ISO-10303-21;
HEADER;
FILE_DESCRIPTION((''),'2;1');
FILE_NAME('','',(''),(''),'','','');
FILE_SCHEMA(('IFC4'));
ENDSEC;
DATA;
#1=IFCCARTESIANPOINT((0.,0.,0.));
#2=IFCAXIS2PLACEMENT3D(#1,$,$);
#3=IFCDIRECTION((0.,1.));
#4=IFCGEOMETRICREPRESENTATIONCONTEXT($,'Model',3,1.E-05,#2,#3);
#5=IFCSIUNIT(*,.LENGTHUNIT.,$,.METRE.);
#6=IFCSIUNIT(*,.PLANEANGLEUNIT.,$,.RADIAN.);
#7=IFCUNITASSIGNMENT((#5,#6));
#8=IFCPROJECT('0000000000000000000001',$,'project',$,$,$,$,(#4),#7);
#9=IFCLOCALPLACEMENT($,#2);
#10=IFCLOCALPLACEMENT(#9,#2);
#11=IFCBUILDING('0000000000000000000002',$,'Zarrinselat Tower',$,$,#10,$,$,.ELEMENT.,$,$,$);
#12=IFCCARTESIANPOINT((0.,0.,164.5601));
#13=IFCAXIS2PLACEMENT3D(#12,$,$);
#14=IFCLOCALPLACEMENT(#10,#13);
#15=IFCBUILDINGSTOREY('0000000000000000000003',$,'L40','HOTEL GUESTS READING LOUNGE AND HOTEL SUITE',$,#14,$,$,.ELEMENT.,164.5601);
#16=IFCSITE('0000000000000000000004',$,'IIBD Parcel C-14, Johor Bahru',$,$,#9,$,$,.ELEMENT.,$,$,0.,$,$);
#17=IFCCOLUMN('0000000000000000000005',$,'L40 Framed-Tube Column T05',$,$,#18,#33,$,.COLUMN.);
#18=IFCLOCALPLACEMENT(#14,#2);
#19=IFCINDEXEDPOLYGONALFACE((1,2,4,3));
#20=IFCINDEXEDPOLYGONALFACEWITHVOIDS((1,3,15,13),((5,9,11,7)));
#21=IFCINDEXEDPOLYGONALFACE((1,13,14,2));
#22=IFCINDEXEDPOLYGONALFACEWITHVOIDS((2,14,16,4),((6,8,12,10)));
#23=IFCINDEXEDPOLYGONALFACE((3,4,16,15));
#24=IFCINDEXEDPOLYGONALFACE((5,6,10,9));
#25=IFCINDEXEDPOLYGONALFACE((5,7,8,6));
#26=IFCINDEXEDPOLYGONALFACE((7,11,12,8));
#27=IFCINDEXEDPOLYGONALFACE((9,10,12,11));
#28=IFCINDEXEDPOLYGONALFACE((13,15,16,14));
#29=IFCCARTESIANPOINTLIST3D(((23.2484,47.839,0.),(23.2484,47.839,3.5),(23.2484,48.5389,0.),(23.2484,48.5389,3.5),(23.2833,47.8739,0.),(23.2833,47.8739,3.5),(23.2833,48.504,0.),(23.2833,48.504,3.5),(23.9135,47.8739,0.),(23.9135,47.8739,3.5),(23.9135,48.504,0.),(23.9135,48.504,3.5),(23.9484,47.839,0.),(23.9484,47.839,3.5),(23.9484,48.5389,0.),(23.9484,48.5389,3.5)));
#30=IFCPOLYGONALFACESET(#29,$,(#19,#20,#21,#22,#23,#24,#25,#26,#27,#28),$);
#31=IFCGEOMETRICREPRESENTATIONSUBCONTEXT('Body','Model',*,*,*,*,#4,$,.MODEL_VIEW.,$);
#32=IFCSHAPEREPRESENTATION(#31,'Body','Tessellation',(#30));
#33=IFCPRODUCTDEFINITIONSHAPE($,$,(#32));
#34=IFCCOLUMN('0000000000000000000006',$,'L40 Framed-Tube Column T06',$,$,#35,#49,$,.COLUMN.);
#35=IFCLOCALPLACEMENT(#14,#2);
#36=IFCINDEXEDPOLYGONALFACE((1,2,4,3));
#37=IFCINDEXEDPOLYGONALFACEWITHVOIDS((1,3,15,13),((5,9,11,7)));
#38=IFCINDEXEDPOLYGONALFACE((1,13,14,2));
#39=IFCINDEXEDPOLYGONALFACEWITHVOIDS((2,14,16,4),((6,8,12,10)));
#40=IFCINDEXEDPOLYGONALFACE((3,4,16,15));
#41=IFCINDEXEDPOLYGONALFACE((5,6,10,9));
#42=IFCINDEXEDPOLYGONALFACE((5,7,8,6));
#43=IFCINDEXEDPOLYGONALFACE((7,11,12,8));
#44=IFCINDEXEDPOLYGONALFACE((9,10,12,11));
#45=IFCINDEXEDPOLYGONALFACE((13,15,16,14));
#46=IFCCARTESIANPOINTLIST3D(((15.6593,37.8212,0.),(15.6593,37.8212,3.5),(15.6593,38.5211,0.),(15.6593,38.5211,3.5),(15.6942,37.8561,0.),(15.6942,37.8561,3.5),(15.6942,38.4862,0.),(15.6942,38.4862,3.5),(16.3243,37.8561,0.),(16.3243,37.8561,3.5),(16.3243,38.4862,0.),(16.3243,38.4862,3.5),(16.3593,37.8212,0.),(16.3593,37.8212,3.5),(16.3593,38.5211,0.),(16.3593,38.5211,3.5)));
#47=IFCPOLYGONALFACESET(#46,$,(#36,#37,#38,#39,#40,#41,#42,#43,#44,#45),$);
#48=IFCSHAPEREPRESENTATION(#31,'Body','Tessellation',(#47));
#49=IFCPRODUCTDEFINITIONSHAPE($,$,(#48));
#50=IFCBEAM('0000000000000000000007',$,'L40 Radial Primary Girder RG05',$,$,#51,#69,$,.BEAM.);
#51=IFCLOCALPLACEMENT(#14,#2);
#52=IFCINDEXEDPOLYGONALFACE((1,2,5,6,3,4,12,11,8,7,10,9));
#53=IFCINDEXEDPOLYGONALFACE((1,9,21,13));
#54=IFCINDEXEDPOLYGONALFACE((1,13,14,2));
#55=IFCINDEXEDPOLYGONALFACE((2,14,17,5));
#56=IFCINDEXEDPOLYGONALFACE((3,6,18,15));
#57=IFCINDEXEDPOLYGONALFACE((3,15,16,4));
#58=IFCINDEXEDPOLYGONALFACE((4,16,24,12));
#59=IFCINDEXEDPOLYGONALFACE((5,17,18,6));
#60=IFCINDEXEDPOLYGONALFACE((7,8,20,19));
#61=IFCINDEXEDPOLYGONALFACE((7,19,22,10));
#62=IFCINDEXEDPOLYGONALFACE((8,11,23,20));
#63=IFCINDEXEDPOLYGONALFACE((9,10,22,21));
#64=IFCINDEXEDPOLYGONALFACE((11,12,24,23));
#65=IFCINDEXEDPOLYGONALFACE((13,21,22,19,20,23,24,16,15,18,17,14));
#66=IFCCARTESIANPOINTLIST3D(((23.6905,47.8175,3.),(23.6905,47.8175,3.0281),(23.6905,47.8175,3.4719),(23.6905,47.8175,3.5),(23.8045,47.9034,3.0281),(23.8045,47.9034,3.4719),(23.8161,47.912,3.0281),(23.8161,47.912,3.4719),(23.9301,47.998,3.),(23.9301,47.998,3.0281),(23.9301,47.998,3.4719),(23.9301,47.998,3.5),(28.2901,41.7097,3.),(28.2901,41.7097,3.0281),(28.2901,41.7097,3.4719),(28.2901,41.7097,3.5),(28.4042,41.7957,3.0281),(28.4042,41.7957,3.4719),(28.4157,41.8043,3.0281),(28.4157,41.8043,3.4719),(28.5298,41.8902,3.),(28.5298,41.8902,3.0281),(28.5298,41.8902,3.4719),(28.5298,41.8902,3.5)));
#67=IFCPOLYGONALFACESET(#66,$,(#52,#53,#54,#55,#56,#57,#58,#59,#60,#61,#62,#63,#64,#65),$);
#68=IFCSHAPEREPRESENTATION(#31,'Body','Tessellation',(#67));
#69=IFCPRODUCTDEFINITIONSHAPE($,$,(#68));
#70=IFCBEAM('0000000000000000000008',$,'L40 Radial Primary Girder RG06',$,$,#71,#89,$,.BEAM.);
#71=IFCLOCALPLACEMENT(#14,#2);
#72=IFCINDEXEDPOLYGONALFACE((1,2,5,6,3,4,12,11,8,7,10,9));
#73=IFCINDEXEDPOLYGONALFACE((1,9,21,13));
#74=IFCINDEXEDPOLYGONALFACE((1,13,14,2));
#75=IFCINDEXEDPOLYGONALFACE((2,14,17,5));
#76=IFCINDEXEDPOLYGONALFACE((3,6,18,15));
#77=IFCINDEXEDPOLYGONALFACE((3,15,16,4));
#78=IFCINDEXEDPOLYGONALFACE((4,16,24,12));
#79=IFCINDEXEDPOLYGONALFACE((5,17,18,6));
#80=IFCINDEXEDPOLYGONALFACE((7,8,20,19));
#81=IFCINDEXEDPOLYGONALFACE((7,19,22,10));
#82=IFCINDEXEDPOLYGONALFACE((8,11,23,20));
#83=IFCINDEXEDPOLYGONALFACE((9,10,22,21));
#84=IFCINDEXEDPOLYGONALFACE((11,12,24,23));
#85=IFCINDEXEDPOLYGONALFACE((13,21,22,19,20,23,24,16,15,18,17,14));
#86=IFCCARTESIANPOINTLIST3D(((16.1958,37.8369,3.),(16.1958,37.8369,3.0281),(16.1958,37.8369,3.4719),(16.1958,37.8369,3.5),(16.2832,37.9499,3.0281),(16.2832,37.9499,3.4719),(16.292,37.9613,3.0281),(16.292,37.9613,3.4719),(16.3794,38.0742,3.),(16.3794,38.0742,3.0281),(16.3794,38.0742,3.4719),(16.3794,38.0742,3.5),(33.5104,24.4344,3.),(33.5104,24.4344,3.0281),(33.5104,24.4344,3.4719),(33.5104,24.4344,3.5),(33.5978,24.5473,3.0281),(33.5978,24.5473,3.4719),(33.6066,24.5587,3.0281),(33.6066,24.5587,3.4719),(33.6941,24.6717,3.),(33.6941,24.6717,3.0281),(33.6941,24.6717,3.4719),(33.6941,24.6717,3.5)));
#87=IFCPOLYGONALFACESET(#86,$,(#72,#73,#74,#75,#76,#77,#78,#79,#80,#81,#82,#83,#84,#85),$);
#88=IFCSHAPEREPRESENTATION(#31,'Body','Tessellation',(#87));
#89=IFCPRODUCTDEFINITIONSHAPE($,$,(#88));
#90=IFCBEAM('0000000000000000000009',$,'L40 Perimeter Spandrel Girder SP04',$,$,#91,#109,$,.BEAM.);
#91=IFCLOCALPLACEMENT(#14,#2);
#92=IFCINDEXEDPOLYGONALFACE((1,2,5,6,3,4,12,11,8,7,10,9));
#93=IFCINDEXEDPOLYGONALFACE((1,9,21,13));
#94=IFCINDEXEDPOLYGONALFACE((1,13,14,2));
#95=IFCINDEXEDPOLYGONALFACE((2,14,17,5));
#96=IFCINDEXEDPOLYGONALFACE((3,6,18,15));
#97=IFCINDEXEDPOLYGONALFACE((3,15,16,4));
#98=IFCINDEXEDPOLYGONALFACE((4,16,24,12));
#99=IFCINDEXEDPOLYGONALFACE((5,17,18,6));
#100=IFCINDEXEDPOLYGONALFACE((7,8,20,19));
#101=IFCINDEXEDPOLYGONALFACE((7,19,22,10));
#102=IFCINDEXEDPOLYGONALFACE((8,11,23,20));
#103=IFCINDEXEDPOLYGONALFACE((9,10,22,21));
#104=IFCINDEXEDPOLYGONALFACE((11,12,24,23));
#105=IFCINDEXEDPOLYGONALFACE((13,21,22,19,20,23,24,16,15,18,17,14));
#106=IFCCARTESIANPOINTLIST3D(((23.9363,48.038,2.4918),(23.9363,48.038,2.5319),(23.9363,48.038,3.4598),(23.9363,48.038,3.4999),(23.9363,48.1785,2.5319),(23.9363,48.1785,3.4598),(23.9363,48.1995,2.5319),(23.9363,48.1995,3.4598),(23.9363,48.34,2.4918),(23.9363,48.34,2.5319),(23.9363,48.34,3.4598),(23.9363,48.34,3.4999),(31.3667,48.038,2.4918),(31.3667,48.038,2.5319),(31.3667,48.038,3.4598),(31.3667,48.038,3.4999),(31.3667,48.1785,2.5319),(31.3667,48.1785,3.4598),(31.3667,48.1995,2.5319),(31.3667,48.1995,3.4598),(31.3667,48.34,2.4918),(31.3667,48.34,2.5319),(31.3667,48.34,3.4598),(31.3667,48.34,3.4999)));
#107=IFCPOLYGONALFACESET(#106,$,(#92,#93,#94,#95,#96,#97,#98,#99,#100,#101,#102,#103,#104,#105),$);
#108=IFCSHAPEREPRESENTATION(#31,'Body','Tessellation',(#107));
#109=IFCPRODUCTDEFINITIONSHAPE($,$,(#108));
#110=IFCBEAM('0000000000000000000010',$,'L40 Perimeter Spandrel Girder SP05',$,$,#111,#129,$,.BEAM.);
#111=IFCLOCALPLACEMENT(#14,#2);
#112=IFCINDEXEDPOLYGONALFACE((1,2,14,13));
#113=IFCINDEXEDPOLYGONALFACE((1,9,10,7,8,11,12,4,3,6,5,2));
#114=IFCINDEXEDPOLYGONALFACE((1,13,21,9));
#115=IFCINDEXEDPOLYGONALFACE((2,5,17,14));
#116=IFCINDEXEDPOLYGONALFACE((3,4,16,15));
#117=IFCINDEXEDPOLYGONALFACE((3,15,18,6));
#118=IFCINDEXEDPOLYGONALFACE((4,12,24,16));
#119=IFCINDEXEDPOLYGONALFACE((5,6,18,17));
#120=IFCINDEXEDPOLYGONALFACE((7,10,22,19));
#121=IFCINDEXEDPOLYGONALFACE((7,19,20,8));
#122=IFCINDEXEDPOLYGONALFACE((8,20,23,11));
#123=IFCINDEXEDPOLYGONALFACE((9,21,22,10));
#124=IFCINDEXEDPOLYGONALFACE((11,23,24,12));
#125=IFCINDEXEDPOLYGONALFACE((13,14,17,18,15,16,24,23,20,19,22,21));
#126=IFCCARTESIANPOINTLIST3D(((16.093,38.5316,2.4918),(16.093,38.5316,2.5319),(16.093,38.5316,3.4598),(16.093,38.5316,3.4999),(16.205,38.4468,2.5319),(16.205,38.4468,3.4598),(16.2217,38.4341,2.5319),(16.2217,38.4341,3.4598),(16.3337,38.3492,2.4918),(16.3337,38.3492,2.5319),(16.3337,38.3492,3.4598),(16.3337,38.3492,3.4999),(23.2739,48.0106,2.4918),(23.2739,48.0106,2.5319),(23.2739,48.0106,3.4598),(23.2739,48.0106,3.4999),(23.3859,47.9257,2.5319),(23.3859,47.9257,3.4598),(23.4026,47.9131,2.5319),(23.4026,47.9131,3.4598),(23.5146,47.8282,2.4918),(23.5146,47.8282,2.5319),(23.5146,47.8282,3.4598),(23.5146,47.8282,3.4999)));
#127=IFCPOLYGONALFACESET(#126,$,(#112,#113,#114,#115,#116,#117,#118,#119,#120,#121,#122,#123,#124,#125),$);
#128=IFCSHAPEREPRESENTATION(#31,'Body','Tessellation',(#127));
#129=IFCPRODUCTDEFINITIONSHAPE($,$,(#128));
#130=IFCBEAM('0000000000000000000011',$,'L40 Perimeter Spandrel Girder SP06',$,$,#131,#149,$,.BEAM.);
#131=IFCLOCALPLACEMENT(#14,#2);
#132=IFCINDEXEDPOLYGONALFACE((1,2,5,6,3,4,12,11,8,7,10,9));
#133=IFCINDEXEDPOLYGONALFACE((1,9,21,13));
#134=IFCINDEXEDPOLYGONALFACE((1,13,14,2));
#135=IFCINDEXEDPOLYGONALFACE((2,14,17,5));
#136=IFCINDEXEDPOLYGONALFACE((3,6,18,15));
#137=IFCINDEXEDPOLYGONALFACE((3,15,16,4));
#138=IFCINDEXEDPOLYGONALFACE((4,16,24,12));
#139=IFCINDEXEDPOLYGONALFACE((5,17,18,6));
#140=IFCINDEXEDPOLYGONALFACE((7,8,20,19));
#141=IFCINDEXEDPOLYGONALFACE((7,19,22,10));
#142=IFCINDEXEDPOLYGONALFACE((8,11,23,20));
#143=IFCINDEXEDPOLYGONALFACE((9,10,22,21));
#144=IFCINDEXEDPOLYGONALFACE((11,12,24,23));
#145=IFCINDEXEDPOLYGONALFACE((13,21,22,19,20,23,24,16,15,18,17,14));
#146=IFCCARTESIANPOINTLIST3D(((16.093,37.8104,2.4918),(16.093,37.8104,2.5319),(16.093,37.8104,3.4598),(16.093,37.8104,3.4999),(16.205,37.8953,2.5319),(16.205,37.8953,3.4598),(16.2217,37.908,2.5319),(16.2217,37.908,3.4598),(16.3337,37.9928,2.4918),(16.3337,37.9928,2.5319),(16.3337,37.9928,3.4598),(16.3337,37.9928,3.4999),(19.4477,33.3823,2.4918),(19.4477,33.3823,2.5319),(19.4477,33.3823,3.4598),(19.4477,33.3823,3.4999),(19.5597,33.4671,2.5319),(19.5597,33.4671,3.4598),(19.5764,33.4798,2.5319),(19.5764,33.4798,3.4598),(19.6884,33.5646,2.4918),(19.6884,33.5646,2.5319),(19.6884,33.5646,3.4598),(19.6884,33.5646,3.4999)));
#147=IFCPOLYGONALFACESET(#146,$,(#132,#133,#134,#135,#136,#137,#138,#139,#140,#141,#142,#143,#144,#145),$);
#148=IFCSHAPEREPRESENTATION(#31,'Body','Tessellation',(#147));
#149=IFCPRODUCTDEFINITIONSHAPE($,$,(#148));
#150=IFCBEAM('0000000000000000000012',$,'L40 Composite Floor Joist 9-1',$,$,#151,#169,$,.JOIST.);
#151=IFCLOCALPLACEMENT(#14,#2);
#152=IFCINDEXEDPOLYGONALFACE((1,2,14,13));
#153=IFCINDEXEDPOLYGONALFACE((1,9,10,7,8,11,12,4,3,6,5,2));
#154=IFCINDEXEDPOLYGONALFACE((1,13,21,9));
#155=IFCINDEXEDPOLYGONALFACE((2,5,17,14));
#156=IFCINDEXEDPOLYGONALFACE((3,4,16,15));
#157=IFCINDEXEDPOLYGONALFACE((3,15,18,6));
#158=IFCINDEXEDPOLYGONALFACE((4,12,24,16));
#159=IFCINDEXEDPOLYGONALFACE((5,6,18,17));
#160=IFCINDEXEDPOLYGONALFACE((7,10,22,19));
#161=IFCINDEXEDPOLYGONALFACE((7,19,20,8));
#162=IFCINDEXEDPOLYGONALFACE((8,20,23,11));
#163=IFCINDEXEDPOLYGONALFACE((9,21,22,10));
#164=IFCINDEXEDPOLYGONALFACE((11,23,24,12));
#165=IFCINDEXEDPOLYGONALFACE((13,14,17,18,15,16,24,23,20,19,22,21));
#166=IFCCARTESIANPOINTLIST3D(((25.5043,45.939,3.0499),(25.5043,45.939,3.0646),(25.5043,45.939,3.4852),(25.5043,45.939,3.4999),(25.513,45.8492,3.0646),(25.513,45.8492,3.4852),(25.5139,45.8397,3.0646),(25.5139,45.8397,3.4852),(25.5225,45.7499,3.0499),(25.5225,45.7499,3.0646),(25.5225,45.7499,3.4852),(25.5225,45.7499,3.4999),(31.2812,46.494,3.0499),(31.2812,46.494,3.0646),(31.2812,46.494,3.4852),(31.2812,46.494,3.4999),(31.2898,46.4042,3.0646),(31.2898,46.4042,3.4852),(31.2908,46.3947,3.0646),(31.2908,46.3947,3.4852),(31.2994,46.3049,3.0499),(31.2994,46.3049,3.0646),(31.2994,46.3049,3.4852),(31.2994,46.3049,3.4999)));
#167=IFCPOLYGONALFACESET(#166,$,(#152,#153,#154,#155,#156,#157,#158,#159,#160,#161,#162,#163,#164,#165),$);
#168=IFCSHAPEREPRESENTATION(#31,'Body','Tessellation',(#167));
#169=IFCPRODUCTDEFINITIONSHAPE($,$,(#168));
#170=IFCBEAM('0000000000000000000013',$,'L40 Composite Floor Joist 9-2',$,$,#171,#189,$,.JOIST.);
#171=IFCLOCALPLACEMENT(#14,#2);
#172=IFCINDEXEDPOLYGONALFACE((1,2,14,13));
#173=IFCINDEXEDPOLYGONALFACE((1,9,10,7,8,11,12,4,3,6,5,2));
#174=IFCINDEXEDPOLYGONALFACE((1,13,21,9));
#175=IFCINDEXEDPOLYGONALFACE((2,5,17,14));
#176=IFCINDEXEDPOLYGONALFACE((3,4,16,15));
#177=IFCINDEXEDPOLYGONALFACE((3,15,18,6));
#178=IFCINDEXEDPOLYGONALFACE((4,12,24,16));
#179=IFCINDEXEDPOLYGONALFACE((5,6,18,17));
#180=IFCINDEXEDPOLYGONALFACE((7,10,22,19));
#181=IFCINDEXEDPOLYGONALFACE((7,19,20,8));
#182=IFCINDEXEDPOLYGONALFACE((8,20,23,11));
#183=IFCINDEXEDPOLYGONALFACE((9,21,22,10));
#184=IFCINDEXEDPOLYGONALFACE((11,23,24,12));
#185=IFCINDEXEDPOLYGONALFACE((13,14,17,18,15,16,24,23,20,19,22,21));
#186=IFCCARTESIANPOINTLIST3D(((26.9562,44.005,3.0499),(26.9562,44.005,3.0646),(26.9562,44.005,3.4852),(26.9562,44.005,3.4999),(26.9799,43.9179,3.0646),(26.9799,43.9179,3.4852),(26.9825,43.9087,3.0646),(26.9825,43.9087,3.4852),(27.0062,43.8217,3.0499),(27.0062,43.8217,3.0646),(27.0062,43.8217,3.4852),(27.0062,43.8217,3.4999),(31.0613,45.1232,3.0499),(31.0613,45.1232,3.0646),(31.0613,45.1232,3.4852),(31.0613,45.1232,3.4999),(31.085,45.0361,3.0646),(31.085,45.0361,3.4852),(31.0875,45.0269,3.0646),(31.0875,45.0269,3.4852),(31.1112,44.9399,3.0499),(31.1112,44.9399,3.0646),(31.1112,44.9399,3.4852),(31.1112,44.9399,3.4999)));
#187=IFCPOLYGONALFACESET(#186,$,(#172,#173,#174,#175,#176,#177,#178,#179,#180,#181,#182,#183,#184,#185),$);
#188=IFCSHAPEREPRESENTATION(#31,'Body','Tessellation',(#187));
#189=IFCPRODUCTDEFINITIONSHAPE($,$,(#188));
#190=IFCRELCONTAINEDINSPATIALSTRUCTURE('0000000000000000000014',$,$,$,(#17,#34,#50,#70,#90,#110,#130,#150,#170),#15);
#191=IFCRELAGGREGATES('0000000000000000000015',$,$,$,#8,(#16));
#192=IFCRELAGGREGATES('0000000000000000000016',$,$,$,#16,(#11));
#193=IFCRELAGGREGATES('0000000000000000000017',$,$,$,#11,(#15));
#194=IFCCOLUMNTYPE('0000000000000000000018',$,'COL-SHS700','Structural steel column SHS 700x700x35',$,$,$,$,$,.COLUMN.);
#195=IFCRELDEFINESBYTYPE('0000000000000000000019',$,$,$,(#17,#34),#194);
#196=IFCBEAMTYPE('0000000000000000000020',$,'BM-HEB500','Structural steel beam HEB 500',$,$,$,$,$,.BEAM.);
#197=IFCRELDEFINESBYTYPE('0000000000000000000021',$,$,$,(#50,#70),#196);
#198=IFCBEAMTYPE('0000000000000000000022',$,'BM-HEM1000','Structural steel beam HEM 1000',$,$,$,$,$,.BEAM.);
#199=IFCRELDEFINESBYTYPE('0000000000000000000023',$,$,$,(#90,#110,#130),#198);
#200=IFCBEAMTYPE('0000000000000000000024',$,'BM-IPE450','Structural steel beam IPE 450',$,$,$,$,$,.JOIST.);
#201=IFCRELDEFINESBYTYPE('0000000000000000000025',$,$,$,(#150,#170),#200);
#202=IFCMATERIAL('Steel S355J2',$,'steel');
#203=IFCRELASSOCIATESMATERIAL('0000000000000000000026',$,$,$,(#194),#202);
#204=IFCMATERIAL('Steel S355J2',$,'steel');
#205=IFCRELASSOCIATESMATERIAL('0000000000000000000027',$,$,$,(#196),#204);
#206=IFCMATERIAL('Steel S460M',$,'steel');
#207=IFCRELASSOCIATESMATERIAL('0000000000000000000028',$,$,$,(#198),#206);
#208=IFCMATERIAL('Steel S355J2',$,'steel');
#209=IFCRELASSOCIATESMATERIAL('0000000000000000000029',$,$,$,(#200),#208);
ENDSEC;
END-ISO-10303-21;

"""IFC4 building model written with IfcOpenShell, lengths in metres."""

from ifc_helpers import new_model, si_unit, direction, frame, origin, origin_2d, place, context, subcontext, project, spatial, hollow_rectangle, i_section, extrude, material, material_profile, profile_set, type_object, element, save


model = new_model("IFC4")

# Units and contexts
model_context = context("Model", 3, precision=1e-05, world=origin(), true_north=direction((0.0, 1.0)))
body_context = subcontext(model_context, "Body", "Model", "MODEL_VIEW")
ifc_project = project(units=[si_unit("LENGTHUNIT", "METRE"), si_unit("PLANEANGLEUNIT", "RADIAN")], contexts=[model_context])

# Site, building, storey
site_placement = place(None, origin())
site = spatial("IfcSite", under=ifc_project, at=site_placement, Name="IIBD Parcel C-14, Johor Bahru", CompositionType="ELEMENT", RefElevation=0.0)
building_placement = place(site_placement, origin())
building = spatial("IfcBuilding", under=site, at=building_placement, Name="Zarrinselat Tower", CompositionType="ELEMENT")
storey_placement = place(building_placement, frame((0.0, 0.0, 164.5601)))
storey = spatial("IfcBuildingStorey", under=building, at=storey_placement, Name="L40", Description="HOTEL GUESTS READING LOUNGE AND HOTEL SUITE", CompositionType="ELEMENT", Elevation=164.5601)

# Columns
ifc_material_1 = material(Name="Steel S355J2", Category="steel")
ifc_material_profile_1 = material_profile(ifc_material_1, hollow_rectangle(XDim=0.7, YDim=0.7, WallThickness=0.0349, at=origin_2d()), Name="SHS 700x700x35")
ifc_profile_set_1 = profile_set([ifc_material_profile_1], Name="Steel S355J2")
column_type = type_object("IfcColumnType", Name="COL-SHS700", Description="Structural steel column SHS 700x700x35", PredefinedType="COLUMN", material=ifc_profile_set_1)
for number, where, z_axis, x_axis, name in (
    (1, (23.5984, 48.189, 0.0), (0.0, 0.0, 1.0), (1.0, 0.0, 0.0), "L40 Framed-Tube Column T05"),
    (2, (16.0093, 38.1711, 0.0), (0.0, 0.0, 1.0), (1.0, 0.0, 0.0), "L40 Framed-Tube Column T06"),
):
    element("IfcColumn", number, at=place(storey_placement, frame(where, z_axis=z_axis, x_axis=x_axis)), inside=storey, type_object=column_type, Name=name, PredefinedType="COLUMN", context=body_context, shape_type="SweptSolid", body=[
        extrude(hollow_rectangle(XDim=0.7, YDim=0.7, WallThickness=0.0349, at=origin_2d()), origin(), (0.0, 0.0, 1.0), 3.5),
    ])

# Beams
ifc_material_2 = material(Name="Steel S355J2", Category="steel")
ifc_material_profile_2 = material_profile(ifc_material_2, i_section(OverallWidth=0.3, OverallDepth=0.5, WebThickness=0.0144, FlangeThickness=0.0281, at=origin_2d()), Name="HEB 500")
ifc_profile_set_2 = profile_set([ifc_material_profile_2], Name="Steel S355J2")
beam_type_1 = type_object("IfcBeamType", Name="BM-HEB500", Description="Structural steel beam HEB 500", PredefinedType="BEAM", material=ifc_profile_set_2)
beam_1_placement = place(storey_placement, frame((23.8103, 47.9077, 3.25), z_axis=(0.601577, -0.798814, 0.0), x_axis=(0.798814, 0.601577, 0.0)))
element("IfcBeam", 3, at=beam_1_placement, inside=storey, type_object=beam_type_1, Name="L40 Radial Primary Girder RG05", PredefinedType="BEAM", context=body_context, shape_type="SweptSolid", body=[
    extrude(i_section(OverallWidth=0.3, OverallDepth=0.5, WebThickness=0.0144, FlangeThickness=0.0281, at=origin_2d()), origin(), (0.0, 0.0, 1.0), 7.646),
])
beam_2_placement = place(storey_placement, frame((16.2876, 37.9556, 3.25), z_axis=(0.790775, -0.612106, 0.0), x_axis=(0.612106, 0.790775, 0.0)))
element("IfcBeam", 4, at=beam_2_placement, inside=storey, type_object=beam_type_1, Name="L40 Radial Primary Girder RG06", PredefinedType="BEAM", context=body_context, shape_type="SweptSolid", body=[
    extrude(i_section(OverallWidth=0.3, OverallDepth=0.5, WebThickness=0.0144, FlangeThickness=0.0281, at=origin_2d()), origin(), (0.0, 0.0, 1.0), 21.8958),
])
ifc_material_3 = material(Name="Steel S460M", Category="steel")
ifc_material_profile_3 = material_profile(ifc_material_3, i_section(OverallWidth=0.302, OverallDepth=1.0081, WebThickness=0.021, FlangeThickness=0.04, at=origin_2d()), Name="HEM 1000")
ifc_profile_set_3 = profile_set([ifc_material_profile_3], Name="Steel S460M")
beam_type_2 = type_object("IfcBeamType", Name="BM-HEM1000", Description="Structural steel beam HEM 1000", PredefinedType="BEAM", material=ifc_profile_set_3)
beam_3_placement = place(storey_placement, frame((23.9363, 48.189, 2.9958), z_axis=(1.0, 0.0, 0.0), x_axis=(0.0, 1.0, 0.0)))
element("IfcBeam", 5, at=beam_3_placement, inside=storey, type_object=beam_type_2, Name="L40 Perimeter Spandrel Girder SP04", PredefinedType="BEAM", context=body_context, shape_type="SweptSolid", body=[
    extrude(i_section(OverallWidth=0.302, OverallDepth=1.0081, WebThickness=0.021, FlangeThickness=0.04, at=origin_2d()), origin(), (0.0, 0.0, 1.0), 7.4304),
])
beam_4_placement = place(storey_placement, frame((16.2134, 38.4404, 2.9958), z_axis=(0.603849, 0.797098, 0.0), x_axis=(-0.797098, 0.603849, 0.0)))
element("IfcBeam", 6, at=beam_4_placement, inside=storey, type_object=beam_type_2, Name="L40 Perimeter Spandrel Girder SP05", PredefinedType="BEAM", context=body_context, shape_type="SweptSolid", body=[
    extrude(i_section(OverallWidth=0.302, OverallDepth=1.0081, WebThickness=0.021, FlangeThickness=0.04, at=origin_2d()), origin(), (0.0, 0.0, 1.0), 11.8918),
])
beam_5_placement = place(storey_placement, frame((16.2134, 37.9016, 2.9958), z_axis=(0.60386, -0.79709, 0.0), x_axis=(0.79709, 0.60386, 0.0)))
element("IfcBeam", 7, at=beam_5_placement, inside=storey, type_object=beam_type_2, Name="L40 Perimeter Spandrel Girder SP06", PredefinedType="BEAM", context=body_context, shape_type="SweptSolid", body=[
    extrude(i_section(OverallWidth=0.302, OverallDepth=1.0081, WebThickness=0.021, FlangeThickness=0.04, at=origin_2d()), origin(), (0.0, 0.0, 1.0), 5.5554),
])
ifc_material_4 = material(Name="Steel S355J2", Category="steel")
ifc_material_profile_4 = material_profile(ifc_material_4, i_section(OverallWidth=0.1899, OverallDepth=0.45, WebThickness=0.0095, FlangeThickness=0.0146, at=origin_2d()), Name="IPE 450")
ifc_profile_set_4 = profile_set([ifc_material_profile_4], Name="Steel S355J2")
beam_type_3 = type_object("IfcBeamType", Name="BM-IPE450", Description="Structural steel beam IPE 450", PredefinedType="JOIST", material=ifc_profile_set_4)
beam_6_placement = place(storey_placement, frame((25.5134, 45.8445, 3.2749), z_axis=(0.995418, 0.095621, 0.0), x_axis=(-0.095621, 0.995418, 0.0)))
element("IfcBeam", 8, at=beam_6_placement, inside=storey, type_object=beam_type_3, Name="L40 Composite Floor Joist 9-1", PredefinedType="JOIST", context=body_context, shape_type="SweptSolid", body=[
    extrude(i_section(OverallWidth=0.1899, OverallDepth=0.45, WebThickness=0.0095, FlangeThickness=0.0146, at=origin_2d()), origin(), (0.0, 0.0, 1.0), 5.8035),
])
beam_7_placement = place(storey_placement, frame((26.9812, 43.9133, 3.2749), z_axis=(0.964846, 0.262816, 0.0), x_axis=(-0.262816, 0.964846, 0.0)))
element("IfcBeam", 9, at=beam_7_placement, inside=storey, type_object=beam_type_3, Name="L40 Composite Floor Joist 9-2", PredefinedType="JOIST", context=body_context, shape_type="SweptSolid", body=[
    extrude(i_section(OverallWidth=0.1899, OverallDepth=0.45, WebThickness=0.0095, FlangeThickness=0.0146, at=origin_2d()), origin(), (0.0, 0.0, 1.0), 4.2546),
])

save(model, "model.ifc")
